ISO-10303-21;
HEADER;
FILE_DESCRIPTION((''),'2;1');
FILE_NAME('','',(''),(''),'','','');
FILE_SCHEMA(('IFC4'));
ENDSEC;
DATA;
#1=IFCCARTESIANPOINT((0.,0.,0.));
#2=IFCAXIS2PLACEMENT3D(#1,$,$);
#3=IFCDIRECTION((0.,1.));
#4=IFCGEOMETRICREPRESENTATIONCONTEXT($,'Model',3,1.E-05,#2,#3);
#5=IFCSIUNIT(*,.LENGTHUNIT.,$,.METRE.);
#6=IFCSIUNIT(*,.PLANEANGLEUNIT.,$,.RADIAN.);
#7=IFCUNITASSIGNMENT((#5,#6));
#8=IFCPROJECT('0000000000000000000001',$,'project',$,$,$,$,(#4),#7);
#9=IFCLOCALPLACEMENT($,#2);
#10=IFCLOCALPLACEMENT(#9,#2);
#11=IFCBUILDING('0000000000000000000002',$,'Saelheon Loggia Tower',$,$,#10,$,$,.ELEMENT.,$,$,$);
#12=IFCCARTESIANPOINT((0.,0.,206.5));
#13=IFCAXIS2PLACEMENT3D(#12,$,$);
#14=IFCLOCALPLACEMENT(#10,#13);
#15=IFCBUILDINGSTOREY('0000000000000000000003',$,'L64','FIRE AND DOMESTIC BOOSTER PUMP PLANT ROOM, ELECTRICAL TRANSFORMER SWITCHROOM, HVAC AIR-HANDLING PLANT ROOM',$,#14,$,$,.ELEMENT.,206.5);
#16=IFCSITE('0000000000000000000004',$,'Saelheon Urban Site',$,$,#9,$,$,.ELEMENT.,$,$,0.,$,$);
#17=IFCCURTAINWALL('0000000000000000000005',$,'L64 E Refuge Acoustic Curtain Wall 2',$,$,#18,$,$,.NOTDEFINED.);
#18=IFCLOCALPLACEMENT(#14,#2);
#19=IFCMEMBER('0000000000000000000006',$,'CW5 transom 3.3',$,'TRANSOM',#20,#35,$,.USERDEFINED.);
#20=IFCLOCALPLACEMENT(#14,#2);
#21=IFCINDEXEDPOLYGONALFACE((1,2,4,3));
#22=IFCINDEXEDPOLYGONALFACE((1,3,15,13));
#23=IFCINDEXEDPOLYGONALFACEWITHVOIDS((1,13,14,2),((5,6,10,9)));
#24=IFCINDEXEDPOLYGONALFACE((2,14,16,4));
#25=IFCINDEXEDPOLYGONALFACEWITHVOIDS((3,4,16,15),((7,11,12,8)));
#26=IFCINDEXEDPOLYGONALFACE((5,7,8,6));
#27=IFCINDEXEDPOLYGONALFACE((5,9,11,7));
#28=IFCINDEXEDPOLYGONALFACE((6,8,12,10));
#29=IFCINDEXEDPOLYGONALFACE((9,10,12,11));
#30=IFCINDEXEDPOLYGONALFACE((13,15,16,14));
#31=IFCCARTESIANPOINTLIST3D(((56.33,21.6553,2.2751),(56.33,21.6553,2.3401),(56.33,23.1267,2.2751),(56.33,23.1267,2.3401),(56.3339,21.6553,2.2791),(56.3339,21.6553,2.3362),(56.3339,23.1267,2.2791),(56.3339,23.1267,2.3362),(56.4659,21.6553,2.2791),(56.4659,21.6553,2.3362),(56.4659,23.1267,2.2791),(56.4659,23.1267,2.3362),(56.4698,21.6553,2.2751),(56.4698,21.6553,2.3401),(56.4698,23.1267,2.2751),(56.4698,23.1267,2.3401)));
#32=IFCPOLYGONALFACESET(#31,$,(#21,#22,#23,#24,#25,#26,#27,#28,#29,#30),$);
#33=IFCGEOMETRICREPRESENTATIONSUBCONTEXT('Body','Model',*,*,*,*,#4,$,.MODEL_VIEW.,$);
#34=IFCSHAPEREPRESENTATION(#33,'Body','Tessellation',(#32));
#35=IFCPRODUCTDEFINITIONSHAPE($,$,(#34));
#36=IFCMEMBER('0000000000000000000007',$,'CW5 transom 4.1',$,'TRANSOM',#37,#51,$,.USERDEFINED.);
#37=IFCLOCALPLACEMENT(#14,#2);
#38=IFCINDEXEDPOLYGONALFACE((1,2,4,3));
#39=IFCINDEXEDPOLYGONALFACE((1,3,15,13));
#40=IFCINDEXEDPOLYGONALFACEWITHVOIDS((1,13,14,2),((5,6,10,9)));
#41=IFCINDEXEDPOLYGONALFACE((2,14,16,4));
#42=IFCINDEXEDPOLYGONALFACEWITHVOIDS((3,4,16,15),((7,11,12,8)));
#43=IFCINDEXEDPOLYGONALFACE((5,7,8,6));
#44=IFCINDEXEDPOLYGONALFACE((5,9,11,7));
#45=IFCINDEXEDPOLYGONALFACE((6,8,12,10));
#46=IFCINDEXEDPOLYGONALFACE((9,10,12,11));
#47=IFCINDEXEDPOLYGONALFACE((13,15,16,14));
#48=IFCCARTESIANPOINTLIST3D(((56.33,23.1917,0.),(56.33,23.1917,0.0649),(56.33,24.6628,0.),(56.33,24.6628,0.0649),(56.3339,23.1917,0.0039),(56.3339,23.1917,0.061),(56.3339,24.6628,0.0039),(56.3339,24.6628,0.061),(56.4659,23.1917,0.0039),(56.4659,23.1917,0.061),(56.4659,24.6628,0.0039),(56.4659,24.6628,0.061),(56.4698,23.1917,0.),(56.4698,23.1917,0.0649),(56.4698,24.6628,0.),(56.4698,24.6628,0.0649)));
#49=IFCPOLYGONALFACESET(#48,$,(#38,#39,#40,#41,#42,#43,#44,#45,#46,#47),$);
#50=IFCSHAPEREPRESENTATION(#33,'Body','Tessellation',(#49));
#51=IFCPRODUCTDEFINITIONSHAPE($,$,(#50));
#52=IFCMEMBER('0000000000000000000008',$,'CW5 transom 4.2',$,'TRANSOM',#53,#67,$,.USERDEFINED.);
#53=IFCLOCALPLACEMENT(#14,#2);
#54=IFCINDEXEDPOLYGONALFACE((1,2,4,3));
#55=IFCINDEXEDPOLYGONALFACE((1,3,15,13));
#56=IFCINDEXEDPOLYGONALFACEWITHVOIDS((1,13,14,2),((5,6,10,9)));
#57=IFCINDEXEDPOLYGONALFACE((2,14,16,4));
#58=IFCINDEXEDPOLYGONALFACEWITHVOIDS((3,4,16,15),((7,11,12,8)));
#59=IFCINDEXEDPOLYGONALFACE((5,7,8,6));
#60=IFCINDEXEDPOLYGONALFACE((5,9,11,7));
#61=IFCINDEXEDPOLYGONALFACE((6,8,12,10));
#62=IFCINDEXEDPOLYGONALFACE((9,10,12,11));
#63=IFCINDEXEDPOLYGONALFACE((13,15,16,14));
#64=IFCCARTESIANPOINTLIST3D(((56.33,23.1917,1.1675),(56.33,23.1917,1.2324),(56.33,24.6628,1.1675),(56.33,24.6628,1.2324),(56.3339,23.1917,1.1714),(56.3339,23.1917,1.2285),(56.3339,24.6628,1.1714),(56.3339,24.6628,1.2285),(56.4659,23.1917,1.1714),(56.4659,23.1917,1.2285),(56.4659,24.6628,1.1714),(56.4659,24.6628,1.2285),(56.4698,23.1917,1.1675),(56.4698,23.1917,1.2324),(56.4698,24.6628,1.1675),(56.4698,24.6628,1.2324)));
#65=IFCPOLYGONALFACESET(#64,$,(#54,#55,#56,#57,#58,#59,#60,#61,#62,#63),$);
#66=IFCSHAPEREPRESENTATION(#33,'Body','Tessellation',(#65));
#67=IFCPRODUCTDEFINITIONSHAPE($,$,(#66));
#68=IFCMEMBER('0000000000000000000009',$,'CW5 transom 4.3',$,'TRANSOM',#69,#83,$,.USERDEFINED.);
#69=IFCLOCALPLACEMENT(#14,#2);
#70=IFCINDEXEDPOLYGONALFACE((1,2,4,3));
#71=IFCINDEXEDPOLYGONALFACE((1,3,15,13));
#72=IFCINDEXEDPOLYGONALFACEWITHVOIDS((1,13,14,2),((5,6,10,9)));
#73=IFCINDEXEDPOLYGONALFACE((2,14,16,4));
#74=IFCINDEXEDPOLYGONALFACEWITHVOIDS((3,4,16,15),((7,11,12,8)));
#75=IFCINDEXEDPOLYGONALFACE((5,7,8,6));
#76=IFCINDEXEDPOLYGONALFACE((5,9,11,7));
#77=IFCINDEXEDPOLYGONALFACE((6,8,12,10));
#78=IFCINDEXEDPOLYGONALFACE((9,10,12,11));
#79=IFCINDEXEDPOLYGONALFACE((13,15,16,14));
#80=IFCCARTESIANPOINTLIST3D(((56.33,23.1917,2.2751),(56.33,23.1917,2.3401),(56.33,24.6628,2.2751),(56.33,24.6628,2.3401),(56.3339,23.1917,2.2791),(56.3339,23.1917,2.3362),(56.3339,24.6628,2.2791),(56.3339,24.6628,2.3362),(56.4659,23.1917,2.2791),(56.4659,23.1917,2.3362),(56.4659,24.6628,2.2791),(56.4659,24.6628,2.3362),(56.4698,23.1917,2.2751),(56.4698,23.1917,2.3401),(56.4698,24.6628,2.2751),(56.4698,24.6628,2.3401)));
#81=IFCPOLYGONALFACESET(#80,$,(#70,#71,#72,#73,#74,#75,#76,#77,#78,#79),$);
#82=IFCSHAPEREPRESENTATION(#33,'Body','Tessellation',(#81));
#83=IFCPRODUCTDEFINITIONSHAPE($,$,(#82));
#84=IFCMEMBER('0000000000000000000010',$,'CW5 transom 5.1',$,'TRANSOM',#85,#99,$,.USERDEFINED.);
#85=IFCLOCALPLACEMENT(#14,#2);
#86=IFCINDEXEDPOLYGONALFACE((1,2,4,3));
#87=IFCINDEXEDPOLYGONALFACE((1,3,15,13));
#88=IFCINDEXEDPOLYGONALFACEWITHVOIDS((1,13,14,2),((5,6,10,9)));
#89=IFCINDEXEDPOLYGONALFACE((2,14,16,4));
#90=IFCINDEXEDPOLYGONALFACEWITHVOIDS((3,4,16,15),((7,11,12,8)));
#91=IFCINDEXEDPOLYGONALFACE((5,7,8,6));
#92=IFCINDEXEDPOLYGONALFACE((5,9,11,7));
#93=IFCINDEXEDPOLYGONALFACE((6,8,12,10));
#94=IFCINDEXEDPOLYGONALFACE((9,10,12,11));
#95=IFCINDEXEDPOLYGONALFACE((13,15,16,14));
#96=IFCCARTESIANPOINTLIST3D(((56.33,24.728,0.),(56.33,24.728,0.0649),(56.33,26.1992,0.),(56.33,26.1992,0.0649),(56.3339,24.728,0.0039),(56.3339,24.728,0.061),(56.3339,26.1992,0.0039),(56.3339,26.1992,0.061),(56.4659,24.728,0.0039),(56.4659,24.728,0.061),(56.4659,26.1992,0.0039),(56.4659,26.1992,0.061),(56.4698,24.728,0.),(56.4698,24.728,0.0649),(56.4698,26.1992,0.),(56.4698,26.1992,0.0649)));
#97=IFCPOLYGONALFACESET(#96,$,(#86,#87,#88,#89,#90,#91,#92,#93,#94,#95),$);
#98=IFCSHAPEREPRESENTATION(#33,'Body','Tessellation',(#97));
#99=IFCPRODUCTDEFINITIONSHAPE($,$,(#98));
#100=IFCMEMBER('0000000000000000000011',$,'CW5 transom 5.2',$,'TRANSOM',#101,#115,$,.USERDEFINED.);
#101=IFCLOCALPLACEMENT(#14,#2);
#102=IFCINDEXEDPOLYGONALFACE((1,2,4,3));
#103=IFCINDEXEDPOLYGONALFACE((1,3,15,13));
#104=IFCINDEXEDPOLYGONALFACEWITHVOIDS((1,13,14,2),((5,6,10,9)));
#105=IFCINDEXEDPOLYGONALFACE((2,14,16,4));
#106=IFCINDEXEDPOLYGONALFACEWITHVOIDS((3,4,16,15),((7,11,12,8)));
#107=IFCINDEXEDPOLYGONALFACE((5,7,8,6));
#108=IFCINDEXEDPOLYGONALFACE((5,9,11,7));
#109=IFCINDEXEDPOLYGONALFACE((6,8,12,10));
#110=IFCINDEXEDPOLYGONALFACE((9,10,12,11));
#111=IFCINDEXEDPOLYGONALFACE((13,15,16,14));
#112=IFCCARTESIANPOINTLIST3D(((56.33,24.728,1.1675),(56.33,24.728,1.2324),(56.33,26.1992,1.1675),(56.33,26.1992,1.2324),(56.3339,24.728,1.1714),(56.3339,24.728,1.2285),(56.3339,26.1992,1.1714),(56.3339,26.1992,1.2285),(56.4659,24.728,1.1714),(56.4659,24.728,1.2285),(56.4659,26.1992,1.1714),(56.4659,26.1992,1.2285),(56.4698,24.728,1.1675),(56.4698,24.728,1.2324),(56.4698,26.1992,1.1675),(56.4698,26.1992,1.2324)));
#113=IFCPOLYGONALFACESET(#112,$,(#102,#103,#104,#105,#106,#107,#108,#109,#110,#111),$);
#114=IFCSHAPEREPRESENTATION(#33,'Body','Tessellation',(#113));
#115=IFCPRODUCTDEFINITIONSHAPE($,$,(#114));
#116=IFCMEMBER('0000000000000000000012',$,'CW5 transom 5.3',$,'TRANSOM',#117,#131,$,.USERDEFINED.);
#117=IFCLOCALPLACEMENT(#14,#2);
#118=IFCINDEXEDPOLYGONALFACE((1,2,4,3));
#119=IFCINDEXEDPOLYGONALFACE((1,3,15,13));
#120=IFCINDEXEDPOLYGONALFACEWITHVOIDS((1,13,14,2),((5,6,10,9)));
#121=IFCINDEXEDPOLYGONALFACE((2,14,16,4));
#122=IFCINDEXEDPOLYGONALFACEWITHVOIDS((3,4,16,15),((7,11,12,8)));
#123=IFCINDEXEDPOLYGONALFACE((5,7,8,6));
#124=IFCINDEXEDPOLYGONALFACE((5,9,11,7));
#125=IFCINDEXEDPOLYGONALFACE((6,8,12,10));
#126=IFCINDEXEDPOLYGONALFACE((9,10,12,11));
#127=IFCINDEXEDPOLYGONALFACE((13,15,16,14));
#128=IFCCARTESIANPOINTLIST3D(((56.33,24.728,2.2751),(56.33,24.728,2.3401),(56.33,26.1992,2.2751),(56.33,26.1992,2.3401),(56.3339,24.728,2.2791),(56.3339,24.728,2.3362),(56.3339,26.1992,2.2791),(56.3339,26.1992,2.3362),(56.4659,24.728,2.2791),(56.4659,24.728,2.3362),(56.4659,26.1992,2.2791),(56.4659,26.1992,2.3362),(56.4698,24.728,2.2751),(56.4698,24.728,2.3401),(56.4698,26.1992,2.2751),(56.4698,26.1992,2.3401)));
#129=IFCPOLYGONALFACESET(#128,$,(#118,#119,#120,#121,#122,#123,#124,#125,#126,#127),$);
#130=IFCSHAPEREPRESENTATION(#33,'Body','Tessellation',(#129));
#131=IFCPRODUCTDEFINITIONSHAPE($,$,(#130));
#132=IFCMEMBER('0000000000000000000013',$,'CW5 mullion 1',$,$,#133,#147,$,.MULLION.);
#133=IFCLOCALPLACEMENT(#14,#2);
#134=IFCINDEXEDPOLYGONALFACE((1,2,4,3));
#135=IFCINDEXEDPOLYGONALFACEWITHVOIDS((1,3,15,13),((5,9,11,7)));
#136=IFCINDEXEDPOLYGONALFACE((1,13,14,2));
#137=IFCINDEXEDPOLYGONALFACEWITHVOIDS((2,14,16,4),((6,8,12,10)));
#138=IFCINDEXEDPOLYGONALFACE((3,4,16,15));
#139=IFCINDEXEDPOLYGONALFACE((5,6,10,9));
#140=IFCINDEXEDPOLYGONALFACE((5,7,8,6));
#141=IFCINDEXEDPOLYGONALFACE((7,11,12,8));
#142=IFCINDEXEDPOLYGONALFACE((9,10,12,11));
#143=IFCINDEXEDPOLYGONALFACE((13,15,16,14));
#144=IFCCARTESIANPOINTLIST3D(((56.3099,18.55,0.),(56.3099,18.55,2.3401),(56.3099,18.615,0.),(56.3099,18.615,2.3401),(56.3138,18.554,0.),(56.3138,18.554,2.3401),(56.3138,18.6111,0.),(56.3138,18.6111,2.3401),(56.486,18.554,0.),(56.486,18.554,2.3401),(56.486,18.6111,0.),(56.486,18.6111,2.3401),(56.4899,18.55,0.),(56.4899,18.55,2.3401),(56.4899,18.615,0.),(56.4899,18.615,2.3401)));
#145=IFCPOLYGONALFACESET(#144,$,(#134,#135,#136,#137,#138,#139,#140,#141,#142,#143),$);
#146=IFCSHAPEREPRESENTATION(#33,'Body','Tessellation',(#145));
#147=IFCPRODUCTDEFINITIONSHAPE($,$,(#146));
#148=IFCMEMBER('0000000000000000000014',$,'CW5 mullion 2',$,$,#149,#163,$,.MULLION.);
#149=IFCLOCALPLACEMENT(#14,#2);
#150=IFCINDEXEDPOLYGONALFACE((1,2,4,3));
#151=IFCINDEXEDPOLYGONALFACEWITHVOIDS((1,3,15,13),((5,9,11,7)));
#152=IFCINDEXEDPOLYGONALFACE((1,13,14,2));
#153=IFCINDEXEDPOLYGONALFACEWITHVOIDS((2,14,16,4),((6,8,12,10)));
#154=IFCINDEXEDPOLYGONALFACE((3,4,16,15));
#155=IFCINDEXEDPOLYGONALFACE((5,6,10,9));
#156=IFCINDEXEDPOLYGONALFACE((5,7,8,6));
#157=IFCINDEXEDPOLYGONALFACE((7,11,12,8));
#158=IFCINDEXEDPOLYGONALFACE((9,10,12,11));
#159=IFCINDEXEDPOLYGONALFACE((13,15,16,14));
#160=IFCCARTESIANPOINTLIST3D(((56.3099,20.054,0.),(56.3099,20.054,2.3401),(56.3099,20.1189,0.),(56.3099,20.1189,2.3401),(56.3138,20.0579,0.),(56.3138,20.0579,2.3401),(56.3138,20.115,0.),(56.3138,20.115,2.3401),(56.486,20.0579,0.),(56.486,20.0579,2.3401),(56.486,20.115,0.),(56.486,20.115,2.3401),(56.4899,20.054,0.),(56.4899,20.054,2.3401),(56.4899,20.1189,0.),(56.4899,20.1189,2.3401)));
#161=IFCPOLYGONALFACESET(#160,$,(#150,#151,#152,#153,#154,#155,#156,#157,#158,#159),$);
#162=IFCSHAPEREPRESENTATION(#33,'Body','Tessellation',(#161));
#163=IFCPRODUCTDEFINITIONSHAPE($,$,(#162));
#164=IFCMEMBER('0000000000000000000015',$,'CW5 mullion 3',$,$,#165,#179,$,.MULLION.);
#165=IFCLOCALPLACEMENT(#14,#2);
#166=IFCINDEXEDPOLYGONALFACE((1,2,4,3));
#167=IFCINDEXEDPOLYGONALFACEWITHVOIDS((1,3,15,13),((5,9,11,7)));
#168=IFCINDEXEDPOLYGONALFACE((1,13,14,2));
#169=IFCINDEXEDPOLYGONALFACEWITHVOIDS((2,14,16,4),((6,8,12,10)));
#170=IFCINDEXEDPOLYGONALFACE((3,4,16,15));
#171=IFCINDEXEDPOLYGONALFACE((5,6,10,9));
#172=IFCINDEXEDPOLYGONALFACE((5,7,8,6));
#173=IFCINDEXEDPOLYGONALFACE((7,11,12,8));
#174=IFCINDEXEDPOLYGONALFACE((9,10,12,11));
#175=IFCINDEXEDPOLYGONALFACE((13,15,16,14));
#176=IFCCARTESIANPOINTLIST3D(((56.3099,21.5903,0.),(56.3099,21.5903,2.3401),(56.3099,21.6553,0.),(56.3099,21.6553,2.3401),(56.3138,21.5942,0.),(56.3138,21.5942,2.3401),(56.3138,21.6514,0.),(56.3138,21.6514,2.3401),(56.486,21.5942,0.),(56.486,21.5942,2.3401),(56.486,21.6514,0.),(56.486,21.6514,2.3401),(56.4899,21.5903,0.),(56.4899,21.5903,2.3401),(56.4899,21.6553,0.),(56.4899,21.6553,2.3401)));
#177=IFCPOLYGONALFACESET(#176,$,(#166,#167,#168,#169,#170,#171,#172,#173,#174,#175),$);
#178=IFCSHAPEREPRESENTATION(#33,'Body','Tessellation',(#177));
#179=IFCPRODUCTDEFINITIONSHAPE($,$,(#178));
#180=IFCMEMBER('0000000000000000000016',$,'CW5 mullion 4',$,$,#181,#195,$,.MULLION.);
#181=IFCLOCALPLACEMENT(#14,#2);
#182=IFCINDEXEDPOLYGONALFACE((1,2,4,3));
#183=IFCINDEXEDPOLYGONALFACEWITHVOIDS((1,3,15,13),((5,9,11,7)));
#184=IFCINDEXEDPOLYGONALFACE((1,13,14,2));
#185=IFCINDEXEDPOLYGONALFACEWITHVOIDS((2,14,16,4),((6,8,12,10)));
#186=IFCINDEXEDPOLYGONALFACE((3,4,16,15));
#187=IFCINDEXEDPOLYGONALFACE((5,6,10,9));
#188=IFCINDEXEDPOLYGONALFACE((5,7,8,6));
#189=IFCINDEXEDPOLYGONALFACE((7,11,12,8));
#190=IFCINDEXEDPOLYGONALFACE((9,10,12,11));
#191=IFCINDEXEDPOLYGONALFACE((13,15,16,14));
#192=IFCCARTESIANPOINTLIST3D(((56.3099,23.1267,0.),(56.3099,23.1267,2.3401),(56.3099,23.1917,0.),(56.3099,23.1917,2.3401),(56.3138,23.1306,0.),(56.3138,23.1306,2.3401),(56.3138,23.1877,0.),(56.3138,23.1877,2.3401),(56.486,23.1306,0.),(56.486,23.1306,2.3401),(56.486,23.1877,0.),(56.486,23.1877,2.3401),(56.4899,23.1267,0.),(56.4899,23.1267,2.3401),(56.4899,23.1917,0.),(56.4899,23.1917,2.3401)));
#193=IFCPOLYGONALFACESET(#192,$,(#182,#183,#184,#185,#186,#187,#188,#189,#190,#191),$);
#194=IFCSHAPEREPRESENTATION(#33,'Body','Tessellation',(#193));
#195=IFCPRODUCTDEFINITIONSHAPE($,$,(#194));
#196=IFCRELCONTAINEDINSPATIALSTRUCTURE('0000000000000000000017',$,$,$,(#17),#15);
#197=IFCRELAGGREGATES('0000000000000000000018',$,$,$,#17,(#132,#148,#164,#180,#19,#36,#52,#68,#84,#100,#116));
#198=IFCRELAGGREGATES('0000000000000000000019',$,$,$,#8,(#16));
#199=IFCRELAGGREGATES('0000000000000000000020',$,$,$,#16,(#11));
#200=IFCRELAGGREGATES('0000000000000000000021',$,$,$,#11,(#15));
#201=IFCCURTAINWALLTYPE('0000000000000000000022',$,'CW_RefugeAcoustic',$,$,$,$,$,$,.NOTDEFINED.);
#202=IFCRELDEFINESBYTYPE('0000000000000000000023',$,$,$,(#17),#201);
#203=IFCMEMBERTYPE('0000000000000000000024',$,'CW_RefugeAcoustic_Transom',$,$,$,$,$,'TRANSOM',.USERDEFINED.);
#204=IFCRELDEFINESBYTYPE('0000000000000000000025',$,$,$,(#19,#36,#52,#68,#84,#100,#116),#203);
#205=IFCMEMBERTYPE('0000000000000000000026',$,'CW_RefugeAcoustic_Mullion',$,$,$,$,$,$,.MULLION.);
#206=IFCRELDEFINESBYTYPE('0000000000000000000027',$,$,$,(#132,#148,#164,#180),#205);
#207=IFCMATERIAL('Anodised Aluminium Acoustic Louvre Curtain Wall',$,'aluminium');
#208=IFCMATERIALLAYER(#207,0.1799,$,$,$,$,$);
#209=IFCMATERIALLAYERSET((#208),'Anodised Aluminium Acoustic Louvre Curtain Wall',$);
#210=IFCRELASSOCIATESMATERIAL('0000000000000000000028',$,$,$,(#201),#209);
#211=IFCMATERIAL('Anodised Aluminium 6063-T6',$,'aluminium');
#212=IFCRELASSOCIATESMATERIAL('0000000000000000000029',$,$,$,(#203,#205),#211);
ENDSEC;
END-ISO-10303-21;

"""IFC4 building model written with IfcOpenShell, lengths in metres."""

from ifc_helpers import new_model, si_unit, direction, frame, origin, origin_2d, place, context, subcontext, project, spatial, hollow_rectangle, extrude, source, transform, mapped, material, layer, layer_set, material_profile, profile_set, type_object, element, aggregate, save


model = new_model("IFC4")

# Units and contexts
model_context = context("Model", 3, precision=1e-05, world=origin(), true_north=direction((0.0, 1.0)))
body_context = subcontext(model_context, "Body", "Model", "MODEL_VIEW")
ifc_project = project(units=[si_unit("LENGTHUNIT", "METRE"), si_unit("PLANEANGLEUNIT", "RADIAN")], contexts=[model_context])

# Site, building, storey
site_placement = place(None, origin())
site = spatial("IfcSite", under=ifc_project, at=site_placement, Name="Saelheon Urban Site", CompositionType="ELEMENT", RefElevation=0.0)
building_placement = place(site_placement, origin())
building = spatial("IfcBuilding", under=site, at=building_placement, Name="Saelheon Loggia Tower", CompositionType="ELEMENT")
storey_placement = place(building_placement, frame((0.0, 0.0, 206.5)))
storey = spatial("IfcBuildingStorey", under=building, at=storey_placement, Name="L64", Description="FIRE AND DOMESTIC BOOSTER PUMP PLANT ROOM, ELECTRICAL TRANSFORMER SWITCHROOM, HVAC AIR-HANDLING PLANT ROOM", CompositionType="ELEMENT", Elevation=206.5)

# Curtain wall, members
ifc_material_1 = material(Name="Anodised Aluminium Acoustic Louvre Curtain Wall", Category="aluminium")
ifc_layer_1 = layer(ifc_material_1, 0.1799)
ifc_layer_set_1 = layer_set([ifc_layer_1], Name="Anodised Aluminium Acoustic Louvre Curtain Wall")
curtain_wall_type = type_object("IfcCurtainWallType", Name="CW_RefugeAcoustic", PredefinedType="NOTDEFINED", material=ifc_layer_set_1)
curtain_wall_placement = place(storey_placement, origin())
curtain_wall = element("IfcCurtainWall", 1, at=curtain_wall_placement, inside=storey, type_object=curtain_wall_type, Name="L64 E Refuge Acoustic Curtain Wall 2", PredefinedType="NOTDEFINED")
ifc_material_2 = material(Name="Anodised Aluminium 6063-T6", Category="aluminium")
ifc_material_profile_1 = material_profile(ifc_material_2, hollow_rectangle(XDim=0.0649, YDim=0.1399, WallThickness=0.0039, at=origin_2d()), Name="RHS-140x65x4")
ifc_profile_set_1 = profile_set([ifc_material_profile_1], Name="Anodised Aluminium 6063-T6")
member_type_1 = type_object("IfcMemberType", Name="CW_RefugeAcoustic_Transom", ElementType="TRANSOM", PredefinedType="USERDEFINED", material=ifc_profile_set_1)
shared_shape_1 = source(origin(), body_context, "Body", "SweptSolid", [
    extrude(hollow_rectangle(XDim=0.0649, YDim=0.1399, WallThickness=0.0039, at=origin_2d()), origin(), (0.0, 0.0, 1.0), 1.4714),
])
member_1_placement = place(storey_placement, frame((56.3999, 21.6553, 2.3076), z_axis=(0.0, 1.0, 0.0), x_axis=(0.0, 0.0, 1.0)))
member_1 = element("IfcMember", 2, at=member_1_placement, type_object=member_type_1, Name="CW5 transom 3.3", ObjectType="TRANSOM", PredefinedType="USERDEFINED", context=body_context, shape_type="MappedRepresentation", body=[
    mapped(shared_shape_1, transform((0.0, 0.0, 0.0), scale=1.0)),
])
shared_shape_2 = source(origin(), body_context, "Body", "SweptSolid", [
    extrude(hollow_rectangle(XDim=0.0649, YDim=0.1399, WallThickness=0.0039, at=origin_2d()), origin(), (0.0, 0.0, 1.0), 1.4712),
])
member_2_placement = place(storey_placement, frame((56.3999, 23.1917, 0.0325), z_axis=(0.0, 1.0, 0.0), x_axis=(0.0, 0.0, 1.0)))
member_2 = element("IfcMember", 3, at=member_2_placement, type_object=member_type_1, Name="CW5 transom 4.1", ObjectType="TRANSOM", PredefinedType="USERDEFINED", context=body_context, shape_type="MappedRepresentation", body=[
    mapped(shared_shape_2, transform((0.0, 0.0, 0.0), scale=1.0)),
])
member_3_placement = place(storey_placement, frame((56.3999, 23.1917, 1.2), z_axis=(0.0, 1.0, 0.0), x_axis=(0.0, 0.0, 1.0)))
member_3 = element("IfcMember", 4, at=member_3_placement, type_object=member_type_1, Name="CW5 transom 4.2", ObjectType="TRANSOM", PredefinedType="USERDEFINED", context=body_context, shape_type="MappedRepresentation", body=[
    mapped(shared_shape_2, transform((0.0, 0.0, 0.0), scale=1.0)),
])
member_4_placement = place(storey_placement, frame((56.3999, 23.1917, 2.3076), z_axis=(0.0, 1.0, 0.0), x_axis=(0.0, 0.0, 1.0)))
member_4 = element("IfcMember", 5, at=member_4_placement, type_object=member_type_1, Name="CW5 transom 4.3", ObjectType="TRANSOM", PredefinedType="USERDEFINED", context=body_context, shape_type="MappedRepresentation", body=[
    mapped(shared_shape_2, transform((0.0, 0.0, 0.0), scale=1.0)),
])
member_5_placement = place(storey_placement, frame((56.3999, 24.728, 0.0325), z_axis=(0.0, 1.0, 0.0), x_axis=(0.0, 0.0, 1.0)))
member_5 = element("IfcMember", 6, at=member_5_placement, type_object=member_type_1, Name="CW5 transom 5.1", ObjectType="TRANSOM", PredefinedType="USERDEFINED", context=body_context, shape_type="MappedRepresentation", body=[
    mapped(shared_shape_2, transform((0.0, 0.0, 0.0), scale=1.0)),
])
member_6_placement = place(storey_placement, frame((56.3999, 24.728, 1.2), z_axis=(0.0, 1.0, 0.0), x_axis=(0.0, 0.0, 1.0)))
member_6 = element("IfcMember", 7, at=member_6_placement, type_object=member_type_1, Name="CW5 transom 5.2", ObjectType="TRANSOM", PredefinedType="USERDEFINED", context=body_context, shape_type="MappedRepresentation", body=[
    mapped(shared_shape_2, transform((0.0, 0.0, 0.0), scale=1.0)),
])
member_7_placement = place(storey_placement, frame((56.3999, 24.728, 2.3076), z_axis=(0.0, 1.0, 0.0), x_axis=(0.0, 0.0, 1.0)))
member_7 = element("IfcMember", 8, at=member_7_placement, type_object=member_type_1, Name="CW5 transom 5.3", ObjectType="TRANSOM", PredefinedType="USERDEFINED", context=body_context, shape_type="MappedRepresentation", body=[
    mapped(shared_shape_2, transform((0.0, 0.0, 0.0), scale=1.0)),
])
ifc_material_profile_2 = material_profile(ifc_material_2, hollow_rectangle(XDim=0.0649, YDim=0.1799, WallThickness=0.0039, at=origin_2d()), Name="RHS-180x65x4")
ifc_profile_set_2 = profile_set([ifc_material_profile_2], Name="Anodised Aluminium 6063-T6")
member_type_2 = type_object("IfcMemberType", Name="CW_RefugeAcoustic_Mullion", PredefinedType="MULLION", material=ifc_profile_set_2)
shared_shape_3 = source(origin(), body_context, "Body", "SweptSolid", [
    extrude(hollow_rectangle(XDim=0.0649, YDim=0.1799, WallThickness=0.0039, at=origin_2d()), origin(), (0.0, 0.0, 1.0), 2.3401),
])
member_8_placement = place(storey_placement, frame((56.3999, 18.5825, 0.0), z_axis=(0.0, 0.0, 1.0), x_axis=(0.0, 1.0, 0.0)))
member_8 = element("IfcMember", 9, at=member_8_placement, type_object=member_type_2, Name="CW5 mullion 1", PredefinedType="MULLION", context=body_context, shape_type="MappedRepresentation", body=[
    mapped(shared_shape_3, transform((0.0, 0.0, 0.0), scale=1.0)),
])
member_9_placement = place(storey_placement, frame((56.3999, 20.0864, 0.0), z_axis=(0.0, 0.0, 1.0), x_axis=(0.0, 1.0, 0.0)))
member_9 = element("IfcMember", 10, at=member_9_placement, type_object=member_type_2, Name="CW5 mullion 2", PredefinedType="MULLION", context=body_context, shape_type="MappedRepresentation", body=[
    mapped(shared_shape_3, transform((0.0, 0.0, 0.0), scale=1.0)),
])
member_10_placement = place(storey_placement, frame((56.3999, 21.6228, 0.0), z_axis=(0.0, 0.0, 1.0), x_axis=(0.0, 1.0, 0.0)))
member_10 = element("IfcMember", 11, at=member_10_placement, type_object=member_type_2, Name="CW5 mullion 3", PredefinedType="MULLION", context=body_context, shape_type="MappedRepresentation", body=[
    mapped(shared_shape_3, transform((0.0, 0.0, 0.0), scale=1.0)),
])
member_11_placement = place(storey_placement, frame((56.3999, 23.1592, 0.0), z_axis=(0.0, 0.0, 1.0), x_axis=(0.0, 1.0, 0.0)))
member_11 = element("IfcMember", 12, at=member_11_placement, type_object=member_type_2, Name="CW5 mullion 4", PredefinedType="MULLION", context=body_context, shape_type="MappedRepresentation", body=[
    mapped(shared_shape_3, transform((0.0, 0.0, 0.0), scale=1.0)),
])
aggregate(curtain_wall, [member_8, member_9, member_10, member_11, member_1, member_2, member_3, member_4, member_5, member_6, member_7])

save(model, "model.ifc")
